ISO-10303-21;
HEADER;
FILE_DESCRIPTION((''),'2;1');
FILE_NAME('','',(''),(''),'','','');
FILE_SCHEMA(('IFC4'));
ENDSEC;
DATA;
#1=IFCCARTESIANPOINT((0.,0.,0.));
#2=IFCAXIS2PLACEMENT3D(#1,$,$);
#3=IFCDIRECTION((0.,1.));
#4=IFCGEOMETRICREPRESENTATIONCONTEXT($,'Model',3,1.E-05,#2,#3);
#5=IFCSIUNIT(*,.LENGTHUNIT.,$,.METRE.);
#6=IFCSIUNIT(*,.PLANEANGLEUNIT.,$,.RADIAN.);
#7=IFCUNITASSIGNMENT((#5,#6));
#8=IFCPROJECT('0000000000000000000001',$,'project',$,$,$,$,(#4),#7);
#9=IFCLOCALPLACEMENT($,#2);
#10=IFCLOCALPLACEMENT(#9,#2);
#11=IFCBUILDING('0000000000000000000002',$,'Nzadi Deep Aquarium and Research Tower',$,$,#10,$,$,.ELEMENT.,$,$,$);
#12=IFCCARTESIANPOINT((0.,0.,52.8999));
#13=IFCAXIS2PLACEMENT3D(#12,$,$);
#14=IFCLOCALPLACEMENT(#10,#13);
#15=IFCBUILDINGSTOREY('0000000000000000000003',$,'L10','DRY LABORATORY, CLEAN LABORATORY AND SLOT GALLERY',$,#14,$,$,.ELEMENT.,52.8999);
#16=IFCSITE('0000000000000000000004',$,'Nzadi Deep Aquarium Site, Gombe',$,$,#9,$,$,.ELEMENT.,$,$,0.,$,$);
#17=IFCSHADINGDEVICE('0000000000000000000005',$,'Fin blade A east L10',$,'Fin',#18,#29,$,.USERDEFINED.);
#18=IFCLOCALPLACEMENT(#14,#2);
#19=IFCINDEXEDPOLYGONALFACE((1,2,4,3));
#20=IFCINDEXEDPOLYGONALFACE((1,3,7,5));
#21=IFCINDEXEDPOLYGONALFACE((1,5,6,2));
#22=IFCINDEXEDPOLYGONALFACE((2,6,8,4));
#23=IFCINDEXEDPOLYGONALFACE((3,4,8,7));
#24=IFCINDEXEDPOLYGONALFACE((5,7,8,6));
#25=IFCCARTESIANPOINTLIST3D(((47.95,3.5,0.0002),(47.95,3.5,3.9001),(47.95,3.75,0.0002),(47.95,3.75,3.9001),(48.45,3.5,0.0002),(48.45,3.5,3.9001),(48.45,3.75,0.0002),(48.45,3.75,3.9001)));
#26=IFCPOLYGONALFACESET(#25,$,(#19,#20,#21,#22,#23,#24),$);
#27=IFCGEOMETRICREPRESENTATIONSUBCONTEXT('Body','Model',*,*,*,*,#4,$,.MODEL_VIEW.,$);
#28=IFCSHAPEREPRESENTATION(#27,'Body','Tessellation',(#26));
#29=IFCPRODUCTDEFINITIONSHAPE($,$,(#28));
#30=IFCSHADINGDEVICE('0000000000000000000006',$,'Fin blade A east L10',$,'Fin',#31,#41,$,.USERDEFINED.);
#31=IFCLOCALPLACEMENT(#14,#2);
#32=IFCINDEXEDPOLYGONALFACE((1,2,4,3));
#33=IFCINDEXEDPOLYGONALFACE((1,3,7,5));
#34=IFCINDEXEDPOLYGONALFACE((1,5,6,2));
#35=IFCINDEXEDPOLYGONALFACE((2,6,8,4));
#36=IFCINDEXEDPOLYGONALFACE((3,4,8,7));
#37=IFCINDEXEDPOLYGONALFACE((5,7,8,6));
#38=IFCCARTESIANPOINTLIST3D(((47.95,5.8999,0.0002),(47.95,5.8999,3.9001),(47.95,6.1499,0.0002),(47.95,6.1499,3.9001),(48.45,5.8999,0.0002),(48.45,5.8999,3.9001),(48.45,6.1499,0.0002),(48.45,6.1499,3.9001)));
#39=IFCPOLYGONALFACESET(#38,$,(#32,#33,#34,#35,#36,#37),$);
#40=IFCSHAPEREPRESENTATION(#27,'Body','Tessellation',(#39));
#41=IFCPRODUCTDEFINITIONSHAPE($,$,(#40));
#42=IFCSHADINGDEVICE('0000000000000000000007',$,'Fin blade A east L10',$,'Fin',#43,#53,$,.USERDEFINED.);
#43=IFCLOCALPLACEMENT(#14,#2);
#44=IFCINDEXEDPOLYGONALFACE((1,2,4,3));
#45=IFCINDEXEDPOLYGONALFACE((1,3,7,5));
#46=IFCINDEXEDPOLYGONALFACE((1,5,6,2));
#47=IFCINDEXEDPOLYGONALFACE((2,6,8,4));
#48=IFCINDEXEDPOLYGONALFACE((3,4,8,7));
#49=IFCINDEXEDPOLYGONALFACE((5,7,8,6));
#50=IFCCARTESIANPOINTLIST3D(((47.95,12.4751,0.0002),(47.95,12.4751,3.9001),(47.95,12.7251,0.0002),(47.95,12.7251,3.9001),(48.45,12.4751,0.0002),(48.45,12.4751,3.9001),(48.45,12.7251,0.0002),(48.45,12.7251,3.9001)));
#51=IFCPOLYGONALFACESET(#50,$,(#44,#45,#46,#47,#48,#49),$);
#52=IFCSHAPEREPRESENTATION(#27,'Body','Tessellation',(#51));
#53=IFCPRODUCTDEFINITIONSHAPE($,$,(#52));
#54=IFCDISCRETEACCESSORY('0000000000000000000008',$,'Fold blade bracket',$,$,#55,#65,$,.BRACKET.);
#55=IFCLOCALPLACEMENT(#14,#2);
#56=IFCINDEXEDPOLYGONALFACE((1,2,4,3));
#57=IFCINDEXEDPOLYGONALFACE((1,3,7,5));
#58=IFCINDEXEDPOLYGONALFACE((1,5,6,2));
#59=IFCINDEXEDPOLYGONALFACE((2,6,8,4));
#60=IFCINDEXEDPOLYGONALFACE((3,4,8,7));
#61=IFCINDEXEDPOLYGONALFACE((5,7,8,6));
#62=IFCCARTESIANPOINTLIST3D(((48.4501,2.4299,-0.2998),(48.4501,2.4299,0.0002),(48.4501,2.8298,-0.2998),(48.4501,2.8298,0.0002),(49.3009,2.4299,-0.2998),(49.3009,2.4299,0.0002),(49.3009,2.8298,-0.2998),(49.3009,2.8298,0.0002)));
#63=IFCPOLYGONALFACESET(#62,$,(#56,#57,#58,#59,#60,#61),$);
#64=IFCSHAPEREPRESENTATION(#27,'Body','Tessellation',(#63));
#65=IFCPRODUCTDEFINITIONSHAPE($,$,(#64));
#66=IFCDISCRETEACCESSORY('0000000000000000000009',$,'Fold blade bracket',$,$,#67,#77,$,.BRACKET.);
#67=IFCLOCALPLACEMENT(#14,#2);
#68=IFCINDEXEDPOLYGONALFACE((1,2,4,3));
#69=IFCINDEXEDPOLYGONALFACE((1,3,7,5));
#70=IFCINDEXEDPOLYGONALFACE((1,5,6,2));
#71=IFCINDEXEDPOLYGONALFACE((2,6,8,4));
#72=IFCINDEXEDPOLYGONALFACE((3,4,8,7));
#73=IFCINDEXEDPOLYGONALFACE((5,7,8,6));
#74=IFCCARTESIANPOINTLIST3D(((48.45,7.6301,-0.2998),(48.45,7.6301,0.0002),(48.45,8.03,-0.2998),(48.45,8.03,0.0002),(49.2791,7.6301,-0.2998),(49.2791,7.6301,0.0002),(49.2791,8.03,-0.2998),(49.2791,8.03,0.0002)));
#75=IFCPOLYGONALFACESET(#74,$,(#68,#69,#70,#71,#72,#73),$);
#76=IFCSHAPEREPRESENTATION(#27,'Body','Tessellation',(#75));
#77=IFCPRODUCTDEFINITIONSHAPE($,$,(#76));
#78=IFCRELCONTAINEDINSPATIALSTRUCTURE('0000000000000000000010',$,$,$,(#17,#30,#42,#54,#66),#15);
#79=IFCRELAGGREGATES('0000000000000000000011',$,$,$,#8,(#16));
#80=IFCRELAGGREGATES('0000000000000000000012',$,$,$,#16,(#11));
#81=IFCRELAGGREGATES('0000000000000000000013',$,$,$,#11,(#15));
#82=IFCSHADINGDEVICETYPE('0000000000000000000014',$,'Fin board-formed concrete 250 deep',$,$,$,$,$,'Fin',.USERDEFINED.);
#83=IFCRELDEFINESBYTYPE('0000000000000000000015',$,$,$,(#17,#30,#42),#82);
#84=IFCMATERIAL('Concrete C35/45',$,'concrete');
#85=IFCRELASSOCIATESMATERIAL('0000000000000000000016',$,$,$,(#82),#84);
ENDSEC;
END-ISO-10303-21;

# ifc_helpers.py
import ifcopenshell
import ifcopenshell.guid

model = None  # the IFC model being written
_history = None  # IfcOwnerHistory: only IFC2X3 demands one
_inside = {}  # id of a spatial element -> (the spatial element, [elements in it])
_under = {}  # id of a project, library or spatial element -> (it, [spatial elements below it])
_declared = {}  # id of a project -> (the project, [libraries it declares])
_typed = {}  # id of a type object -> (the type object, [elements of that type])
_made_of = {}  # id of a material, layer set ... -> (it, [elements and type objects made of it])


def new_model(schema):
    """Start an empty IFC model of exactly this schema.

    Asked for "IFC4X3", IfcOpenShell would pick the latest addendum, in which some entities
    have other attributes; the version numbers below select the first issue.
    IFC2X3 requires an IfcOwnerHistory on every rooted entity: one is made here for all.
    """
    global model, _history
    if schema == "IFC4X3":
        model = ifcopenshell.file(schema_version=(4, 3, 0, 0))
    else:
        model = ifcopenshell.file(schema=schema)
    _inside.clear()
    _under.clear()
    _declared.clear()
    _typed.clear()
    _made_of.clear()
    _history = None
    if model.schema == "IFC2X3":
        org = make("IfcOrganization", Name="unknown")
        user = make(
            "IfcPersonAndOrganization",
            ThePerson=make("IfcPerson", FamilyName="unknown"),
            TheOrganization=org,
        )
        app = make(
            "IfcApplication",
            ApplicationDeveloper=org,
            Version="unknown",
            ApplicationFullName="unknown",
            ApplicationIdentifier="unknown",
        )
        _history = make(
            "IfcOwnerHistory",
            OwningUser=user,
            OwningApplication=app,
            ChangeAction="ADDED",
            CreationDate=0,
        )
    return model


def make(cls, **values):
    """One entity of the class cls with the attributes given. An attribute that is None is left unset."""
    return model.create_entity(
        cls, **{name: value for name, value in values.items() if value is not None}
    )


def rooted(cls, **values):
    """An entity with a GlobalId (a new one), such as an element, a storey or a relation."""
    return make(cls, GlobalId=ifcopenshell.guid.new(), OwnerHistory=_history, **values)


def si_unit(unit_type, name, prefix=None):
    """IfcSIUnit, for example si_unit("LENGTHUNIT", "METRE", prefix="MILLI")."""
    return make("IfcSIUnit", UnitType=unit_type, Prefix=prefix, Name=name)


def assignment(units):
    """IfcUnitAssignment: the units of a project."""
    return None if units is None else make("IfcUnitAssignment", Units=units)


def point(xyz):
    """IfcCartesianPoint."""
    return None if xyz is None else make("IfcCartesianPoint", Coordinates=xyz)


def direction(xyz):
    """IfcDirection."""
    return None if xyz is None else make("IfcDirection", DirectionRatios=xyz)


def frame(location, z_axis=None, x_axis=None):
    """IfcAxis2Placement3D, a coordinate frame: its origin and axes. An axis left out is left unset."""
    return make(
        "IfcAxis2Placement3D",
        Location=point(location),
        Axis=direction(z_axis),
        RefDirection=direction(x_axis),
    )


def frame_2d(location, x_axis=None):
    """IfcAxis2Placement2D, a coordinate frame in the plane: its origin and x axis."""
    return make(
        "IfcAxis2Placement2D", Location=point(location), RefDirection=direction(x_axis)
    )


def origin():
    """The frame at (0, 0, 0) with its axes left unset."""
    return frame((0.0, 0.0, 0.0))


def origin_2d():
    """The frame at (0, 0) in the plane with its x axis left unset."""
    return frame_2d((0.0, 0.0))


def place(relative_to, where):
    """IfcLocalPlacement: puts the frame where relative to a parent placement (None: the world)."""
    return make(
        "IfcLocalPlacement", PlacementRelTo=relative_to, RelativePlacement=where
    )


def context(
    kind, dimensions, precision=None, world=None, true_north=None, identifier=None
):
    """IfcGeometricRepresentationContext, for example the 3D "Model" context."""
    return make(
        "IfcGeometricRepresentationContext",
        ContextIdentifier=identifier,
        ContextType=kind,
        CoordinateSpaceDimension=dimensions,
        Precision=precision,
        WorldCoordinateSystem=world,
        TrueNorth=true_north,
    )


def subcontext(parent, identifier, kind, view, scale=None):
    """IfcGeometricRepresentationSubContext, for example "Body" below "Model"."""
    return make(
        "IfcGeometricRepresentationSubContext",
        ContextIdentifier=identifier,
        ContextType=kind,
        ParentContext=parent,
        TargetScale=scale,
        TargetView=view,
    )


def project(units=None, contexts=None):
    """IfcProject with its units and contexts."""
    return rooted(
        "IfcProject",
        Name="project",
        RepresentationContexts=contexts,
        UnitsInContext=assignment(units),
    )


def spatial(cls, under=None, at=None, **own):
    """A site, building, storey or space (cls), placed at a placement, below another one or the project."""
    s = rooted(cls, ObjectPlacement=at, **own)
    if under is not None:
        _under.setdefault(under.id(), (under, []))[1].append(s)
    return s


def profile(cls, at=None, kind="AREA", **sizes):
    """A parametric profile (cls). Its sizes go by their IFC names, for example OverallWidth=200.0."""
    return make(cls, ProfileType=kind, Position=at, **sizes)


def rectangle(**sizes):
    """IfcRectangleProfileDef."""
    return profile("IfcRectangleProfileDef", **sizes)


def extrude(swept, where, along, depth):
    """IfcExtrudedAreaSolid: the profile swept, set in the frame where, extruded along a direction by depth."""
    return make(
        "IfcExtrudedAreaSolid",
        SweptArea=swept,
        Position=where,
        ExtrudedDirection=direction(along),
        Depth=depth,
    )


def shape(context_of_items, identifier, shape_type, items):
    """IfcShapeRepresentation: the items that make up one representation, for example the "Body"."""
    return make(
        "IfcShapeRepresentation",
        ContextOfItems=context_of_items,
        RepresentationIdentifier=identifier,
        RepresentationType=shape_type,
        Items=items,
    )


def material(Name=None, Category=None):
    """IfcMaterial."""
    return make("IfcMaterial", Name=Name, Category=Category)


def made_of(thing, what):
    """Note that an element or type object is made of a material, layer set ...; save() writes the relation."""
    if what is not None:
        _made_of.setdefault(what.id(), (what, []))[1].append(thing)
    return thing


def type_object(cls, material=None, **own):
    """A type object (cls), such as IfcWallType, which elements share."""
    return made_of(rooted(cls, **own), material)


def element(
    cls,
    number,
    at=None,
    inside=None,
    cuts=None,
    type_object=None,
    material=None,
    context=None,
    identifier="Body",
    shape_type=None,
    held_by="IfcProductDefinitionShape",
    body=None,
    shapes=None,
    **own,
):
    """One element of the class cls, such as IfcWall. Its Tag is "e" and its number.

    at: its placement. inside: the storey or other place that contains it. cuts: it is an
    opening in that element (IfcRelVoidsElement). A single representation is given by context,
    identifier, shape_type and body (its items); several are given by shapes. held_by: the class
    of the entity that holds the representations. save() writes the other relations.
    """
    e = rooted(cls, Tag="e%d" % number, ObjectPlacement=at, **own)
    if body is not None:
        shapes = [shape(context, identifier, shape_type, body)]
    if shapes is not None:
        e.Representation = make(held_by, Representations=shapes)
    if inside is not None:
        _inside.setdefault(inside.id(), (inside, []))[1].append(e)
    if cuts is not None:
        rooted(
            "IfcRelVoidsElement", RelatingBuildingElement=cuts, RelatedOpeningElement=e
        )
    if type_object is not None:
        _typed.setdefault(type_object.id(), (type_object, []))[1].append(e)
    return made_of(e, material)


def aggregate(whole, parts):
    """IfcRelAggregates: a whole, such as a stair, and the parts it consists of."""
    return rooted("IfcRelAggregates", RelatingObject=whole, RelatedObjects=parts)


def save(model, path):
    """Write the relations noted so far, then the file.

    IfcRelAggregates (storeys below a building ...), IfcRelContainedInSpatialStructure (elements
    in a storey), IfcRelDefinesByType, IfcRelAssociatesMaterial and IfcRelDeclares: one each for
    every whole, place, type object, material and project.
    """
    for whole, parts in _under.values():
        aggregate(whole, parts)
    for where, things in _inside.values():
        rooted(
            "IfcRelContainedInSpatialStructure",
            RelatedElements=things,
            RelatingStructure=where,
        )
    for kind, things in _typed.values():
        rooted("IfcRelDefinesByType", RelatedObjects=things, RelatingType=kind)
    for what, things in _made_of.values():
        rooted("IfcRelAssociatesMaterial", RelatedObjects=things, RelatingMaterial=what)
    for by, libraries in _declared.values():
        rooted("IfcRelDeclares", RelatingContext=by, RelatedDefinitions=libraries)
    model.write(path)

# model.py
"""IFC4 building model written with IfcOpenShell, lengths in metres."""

from ifc_helpers import new_model, si_unit, direction, frame, origin, origin_2d, place, context, subcontext, project, spatial, rectangle, extrude, material, type_object, element, save


model = new_model("IFC4")

# Units and contexts
model_context = context("Model", 3, precision=1e-05, world=origin(), true_north=direction((0.0, 1.0)))
body_context = subcontext(model_context, "Body", "Model", "MODEL_VIEW")
ifc_project = project(units=[si_unit("LENGTHUNIT", "METRE"), si_unit("PLANEANGLEUNIT", "RADIAN")], contexts=[model_context])

# Site, building, storey
site_placement = place(None, origin())
site = spatial("IfcSite", under=ifc_project, at=site_placement, Name="Nzadi Deep Aquarium Site, Gombe", CompositionType="ELEMENT", RefElevation=0.0)
building_placement = place(site_placement, origin())
building = spatial("IfcBuilding", under=site, at=building_placement, Name="Nzadi Deep Aquarium and Research Tower", CompositionType="ELEMENT")
storey_placement = place(building_placement, frame((0.0, 0.0, 52.8999)))
storey = spatial("IfcBuildingStorey", under=building, at=storey_placement, Name="L10", Description="DRY LABORATORY, CLEAN LABORATORY AND SLOT GALLERY", CompositionType="ELEMENT", Elevation=52.8999)

# Shading devices
ifc_material_1 = material(Name="Concrete C35/45", Category="concrete")
shading_device_type = type_object("IfcShadingDeviceType", Name="Fin board-formed concrete 250 deep", ElementType="Fin", PredefinedType="USERDEFINED", material=ifc_material_1)
for number, where, z_axis, x_axis, name in (
    (1, (48.2, 3.625, 0.0002), (0.0, 0.0, 1.0), (1.0, 0.0, 0.0), "Fin blade A east L10"),
    (2, (48.2, 6.0249, 0.0002), (0.0, 0.0, 1.0), (1.0, 0.0, 0.0), "Fin blade A east L10"),
    (3, (48.2, 12.6001, 0.0002), (0.0, 0.0, 1.0), (1.0, 0.0, 0.0), "Fin blade A east L10"),
):
    element("IfcShadingDevice", number, at=place(storey_placement, frame(where, z_axis=z_axis, x_axis=x_axis)), inside=storey, type_object=shading_device_type, Name=name, ObjectType="Fin", PredefinedType="USERDEFINED", context=body_context, shape_type="SweptSolid", body=[
        extrude(rectangle(XDim=0.5, YDim=0.25, at=origin_2d()), origin(), (0.0, 0.0, 1.0), 3.8999),
    ])

# Discrete accessories
discrete_accessory_1_placement = place(storey_placement, frame((48.8755, 2.6299, -0.2998), z_axis=(0.0, 0.0, 1.0), x_axis=(1.0, 0.0, 0.0)))
element("IfcDiscreteAccessory", 4, at=discrete_accessory_1_placement, inside=storey, Name="Fold blade bracket", PredefinedType="BRACKET", context=body_context, shape_type="SweptSolid", body=[
    extrude(rectangle(XDim=0.8508, YDim=0.3999, at=origin_2d()), origin(), (0.0, 0.0, 1.0), 0.3),
])
discrete_accessory_2_placement = place(storey_placement, frame((48.8645, 7.8301, -0.2998), z_axis=(0.0, 0.0, 1.0), x_axis=(1.0, 0.0, 0.0)))
element("IfcDiscreteAccessory", 5, at=discrete_accessory_2_placement, inside=storey, Name="Fold blade bracket", PredefinedType="BRACKET", context=body_context, shape_type="SweptSolid", body=[
    extrude(rectangle(XDim=0.8291, YDim=0.3999, at=origin_2d()), origin(), (0.0, 0.0, 1.0), 0.3),
])

save(model, "model.ifc")
